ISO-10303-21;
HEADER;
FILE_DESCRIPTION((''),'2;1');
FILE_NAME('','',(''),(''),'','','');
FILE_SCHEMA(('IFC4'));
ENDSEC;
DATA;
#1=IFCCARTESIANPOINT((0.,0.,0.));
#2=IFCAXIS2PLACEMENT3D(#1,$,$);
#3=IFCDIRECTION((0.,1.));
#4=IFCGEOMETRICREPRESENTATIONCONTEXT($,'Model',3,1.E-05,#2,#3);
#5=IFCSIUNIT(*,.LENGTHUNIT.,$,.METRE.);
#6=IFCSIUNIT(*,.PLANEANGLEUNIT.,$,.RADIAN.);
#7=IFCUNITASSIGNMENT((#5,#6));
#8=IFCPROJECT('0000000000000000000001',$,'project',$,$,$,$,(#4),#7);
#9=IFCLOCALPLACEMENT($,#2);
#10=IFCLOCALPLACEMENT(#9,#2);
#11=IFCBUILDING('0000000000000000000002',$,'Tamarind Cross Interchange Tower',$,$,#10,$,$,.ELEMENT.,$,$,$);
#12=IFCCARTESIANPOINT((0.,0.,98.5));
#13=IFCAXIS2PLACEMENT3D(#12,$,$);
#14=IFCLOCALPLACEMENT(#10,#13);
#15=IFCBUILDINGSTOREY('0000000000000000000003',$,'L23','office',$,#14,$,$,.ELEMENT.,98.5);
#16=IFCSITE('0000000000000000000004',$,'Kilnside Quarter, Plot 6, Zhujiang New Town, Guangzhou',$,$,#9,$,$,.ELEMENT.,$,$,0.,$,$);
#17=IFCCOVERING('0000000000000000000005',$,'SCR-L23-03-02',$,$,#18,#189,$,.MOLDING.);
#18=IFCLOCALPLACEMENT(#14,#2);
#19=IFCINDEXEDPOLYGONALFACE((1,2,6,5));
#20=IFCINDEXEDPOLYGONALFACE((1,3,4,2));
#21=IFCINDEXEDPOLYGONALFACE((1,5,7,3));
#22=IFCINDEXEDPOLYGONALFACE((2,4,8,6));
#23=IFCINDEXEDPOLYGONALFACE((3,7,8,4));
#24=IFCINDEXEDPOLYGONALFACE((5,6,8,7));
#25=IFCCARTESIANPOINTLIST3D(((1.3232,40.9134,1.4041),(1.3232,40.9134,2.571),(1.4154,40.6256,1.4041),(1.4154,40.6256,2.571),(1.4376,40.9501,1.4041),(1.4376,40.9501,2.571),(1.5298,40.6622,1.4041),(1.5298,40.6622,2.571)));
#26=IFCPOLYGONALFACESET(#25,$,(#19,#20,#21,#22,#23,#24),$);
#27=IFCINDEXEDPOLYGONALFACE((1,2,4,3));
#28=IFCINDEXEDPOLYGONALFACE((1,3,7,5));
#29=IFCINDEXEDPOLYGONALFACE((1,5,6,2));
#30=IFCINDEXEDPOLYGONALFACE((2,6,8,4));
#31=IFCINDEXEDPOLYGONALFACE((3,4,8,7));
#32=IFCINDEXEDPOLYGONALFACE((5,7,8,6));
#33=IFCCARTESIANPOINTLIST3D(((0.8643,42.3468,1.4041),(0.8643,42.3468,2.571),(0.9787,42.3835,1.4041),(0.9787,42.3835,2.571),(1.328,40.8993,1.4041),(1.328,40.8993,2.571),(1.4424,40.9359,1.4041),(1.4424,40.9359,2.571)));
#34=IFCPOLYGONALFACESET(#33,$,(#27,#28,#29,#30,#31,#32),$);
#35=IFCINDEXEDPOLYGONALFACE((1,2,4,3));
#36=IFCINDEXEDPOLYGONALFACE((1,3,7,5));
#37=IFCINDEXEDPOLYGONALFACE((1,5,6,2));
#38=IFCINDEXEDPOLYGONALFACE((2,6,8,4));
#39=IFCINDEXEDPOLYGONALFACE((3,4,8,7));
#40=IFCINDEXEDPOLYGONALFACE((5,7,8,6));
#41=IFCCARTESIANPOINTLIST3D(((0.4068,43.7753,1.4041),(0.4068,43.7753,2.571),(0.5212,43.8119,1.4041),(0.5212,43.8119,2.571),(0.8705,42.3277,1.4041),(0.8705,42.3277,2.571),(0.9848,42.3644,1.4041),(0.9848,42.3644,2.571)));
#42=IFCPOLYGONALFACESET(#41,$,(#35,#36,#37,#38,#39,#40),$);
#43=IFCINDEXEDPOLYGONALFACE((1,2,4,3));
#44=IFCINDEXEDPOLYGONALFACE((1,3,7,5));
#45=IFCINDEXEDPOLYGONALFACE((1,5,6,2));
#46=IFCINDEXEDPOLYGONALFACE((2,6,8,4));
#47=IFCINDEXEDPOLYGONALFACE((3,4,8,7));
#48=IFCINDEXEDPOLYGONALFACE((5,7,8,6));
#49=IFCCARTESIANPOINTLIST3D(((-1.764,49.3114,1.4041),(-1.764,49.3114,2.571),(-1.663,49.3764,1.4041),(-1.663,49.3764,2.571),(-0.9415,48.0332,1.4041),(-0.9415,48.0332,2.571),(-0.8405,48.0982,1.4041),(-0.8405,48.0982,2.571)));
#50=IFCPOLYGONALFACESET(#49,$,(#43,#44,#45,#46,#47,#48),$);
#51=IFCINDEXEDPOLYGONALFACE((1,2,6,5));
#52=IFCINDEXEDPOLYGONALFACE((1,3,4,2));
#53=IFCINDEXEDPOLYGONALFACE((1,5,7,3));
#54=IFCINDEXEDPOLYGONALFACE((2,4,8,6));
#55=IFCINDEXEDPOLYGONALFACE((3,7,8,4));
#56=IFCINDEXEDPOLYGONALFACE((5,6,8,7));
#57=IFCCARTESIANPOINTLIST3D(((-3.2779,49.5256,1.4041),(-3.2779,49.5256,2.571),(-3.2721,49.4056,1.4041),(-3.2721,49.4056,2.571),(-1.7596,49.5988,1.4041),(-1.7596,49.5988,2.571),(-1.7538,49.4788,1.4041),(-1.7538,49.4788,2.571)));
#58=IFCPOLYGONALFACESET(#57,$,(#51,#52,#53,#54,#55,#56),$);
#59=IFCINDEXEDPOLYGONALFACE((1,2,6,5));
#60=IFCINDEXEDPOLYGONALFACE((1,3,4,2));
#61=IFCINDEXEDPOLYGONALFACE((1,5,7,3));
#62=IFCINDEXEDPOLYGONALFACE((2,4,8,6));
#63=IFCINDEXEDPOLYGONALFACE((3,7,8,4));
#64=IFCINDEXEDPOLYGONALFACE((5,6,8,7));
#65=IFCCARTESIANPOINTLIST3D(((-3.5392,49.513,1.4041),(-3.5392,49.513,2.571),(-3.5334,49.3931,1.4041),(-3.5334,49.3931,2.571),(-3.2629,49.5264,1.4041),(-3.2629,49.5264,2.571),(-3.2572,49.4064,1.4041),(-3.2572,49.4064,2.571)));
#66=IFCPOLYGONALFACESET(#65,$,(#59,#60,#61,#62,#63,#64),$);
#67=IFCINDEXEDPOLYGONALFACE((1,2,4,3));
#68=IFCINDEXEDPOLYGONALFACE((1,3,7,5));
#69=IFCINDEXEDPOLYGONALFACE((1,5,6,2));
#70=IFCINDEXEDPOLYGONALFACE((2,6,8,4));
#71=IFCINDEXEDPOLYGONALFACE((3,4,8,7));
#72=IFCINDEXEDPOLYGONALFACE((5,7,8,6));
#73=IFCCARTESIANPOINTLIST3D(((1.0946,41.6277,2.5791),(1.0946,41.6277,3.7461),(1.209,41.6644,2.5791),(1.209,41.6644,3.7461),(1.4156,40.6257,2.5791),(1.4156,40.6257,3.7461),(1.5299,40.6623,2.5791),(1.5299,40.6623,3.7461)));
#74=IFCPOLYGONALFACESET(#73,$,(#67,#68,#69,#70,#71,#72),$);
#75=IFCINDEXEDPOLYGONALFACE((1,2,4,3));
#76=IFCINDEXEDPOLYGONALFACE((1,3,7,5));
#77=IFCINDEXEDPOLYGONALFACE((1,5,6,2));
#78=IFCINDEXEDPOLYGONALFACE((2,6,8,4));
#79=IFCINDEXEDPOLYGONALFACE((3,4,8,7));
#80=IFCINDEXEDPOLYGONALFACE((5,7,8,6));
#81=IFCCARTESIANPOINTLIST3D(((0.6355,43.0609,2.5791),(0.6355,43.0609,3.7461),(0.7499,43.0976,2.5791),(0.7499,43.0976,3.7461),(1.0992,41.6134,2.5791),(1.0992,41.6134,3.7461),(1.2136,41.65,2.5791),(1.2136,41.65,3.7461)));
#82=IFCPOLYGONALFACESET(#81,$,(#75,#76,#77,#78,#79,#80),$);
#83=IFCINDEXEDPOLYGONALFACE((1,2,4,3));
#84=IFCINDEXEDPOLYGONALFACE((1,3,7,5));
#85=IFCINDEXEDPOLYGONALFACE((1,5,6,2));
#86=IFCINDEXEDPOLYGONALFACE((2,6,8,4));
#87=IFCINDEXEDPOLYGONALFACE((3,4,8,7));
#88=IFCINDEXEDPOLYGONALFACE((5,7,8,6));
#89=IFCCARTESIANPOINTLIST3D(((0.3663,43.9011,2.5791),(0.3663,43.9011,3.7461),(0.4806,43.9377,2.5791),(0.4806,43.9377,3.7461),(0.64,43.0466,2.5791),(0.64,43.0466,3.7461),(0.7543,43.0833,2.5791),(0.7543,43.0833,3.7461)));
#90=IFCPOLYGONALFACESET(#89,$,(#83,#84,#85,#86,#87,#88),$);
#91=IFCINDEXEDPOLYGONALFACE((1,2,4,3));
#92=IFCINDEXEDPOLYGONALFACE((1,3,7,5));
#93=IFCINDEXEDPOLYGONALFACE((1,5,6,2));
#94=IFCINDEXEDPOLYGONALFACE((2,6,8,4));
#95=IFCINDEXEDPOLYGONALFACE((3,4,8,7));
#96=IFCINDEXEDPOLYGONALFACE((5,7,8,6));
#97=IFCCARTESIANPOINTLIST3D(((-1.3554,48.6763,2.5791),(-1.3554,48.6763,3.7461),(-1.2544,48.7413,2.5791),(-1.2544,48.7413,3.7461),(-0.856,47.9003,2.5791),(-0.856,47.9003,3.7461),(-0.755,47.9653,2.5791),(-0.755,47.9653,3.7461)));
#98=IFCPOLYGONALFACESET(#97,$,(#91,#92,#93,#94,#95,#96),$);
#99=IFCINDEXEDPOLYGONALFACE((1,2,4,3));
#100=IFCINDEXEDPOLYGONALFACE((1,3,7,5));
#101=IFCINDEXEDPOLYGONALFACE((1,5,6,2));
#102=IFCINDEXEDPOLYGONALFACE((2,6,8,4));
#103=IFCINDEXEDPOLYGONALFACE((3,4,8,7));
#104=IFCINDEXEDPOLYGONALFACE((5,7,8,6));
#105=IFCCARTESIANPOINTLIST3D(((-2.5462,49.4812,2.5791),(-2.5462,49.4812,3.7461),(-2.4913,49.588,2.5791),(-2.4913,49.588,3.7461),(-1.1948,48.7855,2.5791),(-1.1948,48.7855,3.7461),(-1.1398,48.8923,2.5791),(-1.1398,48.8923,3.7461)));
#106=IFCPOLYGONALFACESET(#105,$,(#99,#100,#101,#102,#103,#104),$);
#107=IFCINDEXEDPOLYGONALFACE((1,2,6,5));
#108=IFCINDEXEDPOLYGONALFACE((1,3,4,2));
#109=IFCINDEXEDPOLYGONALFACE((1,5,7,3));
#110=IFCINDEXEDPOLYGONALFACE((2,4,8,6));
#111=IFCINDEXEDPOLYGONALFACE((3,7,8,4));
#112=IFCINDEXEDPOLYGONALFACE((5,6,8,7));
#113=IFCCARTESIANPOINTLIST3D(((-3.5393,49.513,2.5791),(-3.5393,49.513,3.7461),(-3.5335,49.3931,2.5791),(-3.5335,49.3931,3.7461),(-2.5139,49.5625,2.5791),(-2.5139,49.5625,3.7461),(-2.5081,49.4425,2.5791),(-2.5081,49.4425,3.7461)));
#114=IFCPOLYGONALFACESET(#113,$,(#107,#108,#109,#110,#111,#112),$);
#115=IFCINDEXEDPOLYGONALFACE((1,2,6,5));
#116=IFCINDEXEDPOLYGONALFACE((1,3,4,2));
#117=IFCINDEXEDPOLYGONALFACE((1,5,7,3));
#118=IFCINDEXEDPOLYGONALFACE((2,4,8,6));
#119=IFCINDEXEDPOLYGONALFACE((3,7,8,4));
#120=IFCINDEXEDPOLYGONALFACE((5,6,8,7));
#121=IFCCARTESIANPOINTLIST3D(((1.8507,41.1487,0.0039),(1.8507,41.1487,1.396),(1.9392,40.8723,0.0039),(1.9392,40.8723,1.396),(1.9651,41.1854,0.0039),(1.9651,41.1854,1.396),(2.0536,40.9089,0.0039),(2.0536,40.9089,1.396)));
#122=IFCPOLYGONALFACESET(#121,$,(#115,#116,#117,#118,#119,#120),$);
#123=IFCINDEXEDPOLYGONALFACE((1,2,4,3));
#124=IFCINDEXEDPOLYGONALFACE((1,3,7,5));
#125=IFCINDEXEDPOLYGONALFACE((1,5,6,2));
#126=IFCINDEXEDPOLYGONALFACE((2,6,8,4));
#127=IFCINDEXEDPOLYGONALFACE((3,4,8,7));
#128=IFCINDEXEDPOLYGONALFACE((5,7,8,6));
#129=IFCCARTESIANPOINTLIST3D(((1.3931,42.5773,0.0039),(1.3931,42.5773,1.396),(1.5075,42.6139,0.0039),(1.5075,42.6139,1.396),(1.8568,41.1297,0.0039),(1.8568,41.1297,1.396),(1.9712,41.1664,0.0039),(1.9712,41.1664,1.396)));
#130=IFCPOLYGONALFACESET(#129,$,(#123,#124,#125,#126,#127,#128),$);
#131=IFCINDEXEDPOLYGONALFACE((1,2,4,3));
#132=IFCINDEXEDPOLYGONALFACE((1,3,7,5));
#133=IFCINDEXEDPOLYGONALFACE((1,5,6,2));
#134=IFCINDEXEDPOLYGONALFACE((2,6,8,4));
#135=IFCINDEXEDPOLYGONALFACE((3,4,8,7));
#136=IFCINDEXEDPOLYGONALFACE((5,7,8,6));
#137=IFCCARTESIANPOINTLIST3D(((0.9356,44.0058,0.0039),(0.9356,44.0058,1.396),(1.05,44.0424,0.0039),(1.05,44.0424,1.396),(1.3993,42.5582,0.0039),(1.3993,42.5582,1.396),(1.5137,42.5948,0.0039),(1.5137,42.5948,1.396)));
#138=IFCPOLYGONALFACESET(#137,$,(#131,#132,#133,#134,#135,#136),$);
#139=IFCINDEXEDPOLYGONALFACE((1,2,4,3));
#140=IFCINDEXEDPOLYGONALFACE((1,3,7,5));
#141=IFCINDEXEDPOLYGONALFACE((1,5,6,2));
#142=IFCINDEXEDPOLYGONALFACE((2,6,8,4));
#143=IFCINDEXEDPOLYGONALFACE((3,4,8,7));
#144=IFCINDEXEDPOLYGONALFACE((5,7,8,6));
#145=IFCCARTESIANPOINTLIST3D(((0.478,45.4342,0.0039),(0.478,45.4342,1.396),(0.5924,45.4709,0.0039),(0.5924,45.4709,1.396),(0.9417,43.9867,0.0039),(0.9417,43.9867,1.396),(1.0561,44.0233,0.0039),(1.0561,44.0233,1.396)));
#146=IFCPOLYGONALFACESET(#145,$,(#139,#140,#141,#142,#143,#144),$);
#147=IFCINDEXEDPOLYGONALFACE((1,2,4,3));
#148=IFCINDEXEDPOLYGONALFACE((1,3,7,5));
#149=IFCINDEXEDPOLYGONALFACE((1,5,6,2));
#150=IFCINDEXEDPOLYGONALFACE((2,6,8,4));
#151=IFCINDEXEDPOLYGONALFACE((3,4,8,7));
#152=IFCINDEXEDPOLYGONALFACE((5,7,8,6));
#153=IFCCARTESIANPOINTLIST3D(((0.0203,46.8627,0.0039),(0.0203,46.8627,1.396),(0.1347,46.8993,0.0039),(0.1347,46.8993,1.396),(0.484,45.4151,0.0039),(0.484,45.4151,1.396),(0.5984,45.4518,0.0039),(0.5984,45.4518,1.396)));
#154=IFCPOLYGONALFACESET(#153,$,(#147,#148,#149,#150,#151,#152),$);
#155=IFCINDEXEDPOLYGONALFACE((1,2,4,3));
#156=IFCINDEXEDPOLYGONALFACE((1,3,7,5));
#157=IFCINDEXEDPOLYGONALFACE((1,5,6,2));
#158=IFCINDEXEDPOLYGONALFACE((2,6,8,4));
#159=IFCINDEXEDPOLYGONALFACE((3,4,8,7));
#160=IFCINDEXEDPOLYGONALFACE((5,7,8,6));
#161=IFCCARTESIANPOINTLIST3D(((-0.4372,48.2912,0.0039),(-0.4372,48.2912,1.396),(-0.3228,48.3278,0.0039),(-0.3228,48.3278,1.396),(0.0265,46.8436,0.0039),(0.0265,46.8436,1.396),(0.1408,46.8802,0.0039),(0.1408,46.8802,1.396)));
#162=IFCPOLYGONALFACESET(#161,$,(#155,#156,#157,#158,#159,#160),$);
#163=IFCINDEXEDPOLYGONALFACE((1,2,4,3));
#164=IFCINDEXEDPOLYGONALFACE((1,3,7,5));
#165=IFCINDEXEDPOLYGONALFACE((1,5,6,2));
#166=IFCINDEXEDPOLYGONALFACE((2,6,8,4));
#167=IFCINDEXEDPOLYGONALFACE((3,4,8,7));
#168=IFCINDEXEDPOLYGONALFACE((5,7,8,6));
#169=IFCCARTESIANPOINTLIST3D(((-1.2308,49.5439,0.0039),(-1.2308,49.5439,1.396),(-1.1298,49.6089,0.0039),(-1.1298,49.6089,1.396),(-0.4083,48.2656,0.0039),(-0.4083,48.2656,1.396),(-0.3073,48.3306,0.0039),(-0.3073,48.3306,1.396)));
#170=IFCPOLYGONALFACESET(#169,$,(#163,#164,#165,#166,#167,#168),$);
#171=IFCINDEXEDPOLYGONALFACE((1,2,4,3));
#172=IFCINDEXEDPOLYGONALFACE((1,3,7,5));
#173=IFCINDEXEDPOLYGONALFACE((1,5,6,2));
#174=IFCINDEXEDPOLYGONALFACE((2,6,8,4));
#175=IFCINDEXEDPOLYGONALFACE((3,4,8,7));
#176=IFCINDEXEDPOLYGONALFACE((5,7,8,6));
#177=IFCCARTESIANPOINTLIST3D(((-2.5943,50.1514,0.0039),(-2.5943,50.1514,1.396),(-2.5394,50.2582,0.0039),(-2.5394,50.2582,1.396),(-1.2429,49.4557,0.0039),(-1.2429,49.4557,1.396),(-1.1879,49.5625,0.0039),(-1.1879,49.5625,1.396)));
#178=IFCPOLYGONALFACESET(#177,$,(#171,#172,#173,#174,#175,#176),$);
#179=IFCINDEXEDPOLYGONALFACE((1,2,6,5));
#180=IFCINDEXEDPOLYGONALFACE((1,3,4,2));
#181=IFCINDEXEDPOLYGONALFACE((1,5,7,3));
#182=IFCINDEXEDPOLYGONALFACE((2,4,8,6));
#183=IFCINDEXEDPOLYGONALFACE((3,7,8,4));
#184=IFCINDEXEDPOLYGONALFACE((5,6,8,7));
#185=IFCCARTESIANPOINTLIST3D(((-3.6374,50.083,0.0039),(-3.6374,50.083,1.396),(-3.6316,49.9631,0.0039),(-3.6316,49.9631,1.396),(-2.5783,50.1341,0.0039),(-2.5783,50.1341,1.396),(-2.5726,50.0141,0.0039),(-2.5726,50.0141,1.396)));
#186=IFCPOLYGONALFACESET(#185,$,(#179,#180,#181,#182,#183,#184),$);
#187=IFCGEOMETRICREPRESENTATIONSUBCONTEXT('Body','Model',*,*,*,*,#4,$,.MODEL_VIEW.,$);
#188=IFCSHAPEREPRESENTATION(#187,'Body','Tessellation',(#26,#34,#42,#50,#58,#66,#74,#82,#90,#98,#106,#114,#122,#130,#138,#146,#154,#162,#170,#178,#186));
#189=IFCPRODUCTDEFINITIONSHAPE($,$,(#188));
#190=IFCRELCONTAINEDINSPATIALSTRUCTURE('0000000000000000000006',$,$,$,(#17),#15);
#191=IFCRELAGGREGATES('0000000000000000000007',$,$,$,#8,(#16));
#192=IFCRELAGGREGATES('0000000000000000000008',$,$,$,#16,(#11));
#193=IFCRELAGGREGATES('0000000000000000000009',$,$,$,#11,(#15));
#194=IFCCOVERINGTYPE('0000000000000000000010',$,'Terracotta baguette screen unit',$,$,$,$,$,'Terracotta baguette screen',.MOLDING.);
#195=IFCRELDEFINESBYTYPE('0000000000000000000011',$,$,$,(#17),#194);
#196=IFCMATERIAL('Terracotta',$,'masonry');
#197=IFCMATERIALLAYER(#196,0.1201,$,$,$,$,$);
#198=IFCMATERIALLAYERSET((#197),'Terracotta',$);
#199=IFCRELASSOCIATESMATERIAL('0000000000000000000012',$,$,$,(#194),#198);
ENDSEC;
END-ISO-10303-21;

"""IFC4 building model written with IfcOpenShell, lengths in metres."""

from ifc_helpers import new_model, si_unit, direction, frame, origin, origin_2d, place, context, subcontext, project, spatial, rectangle, extrude, material, layer, layer_set, type_object, element, save


model = new_model("IFC4")

# Units and contexts
model_context = context("Model", 3, precision=1e-05, world=origin(), true_north=direction((0.0, 1.0)))
body_context = subcontext(model_context, "Body", "Model", "MODEL_VIEW")
ifc_project = project(units=[si_unit("LENGTHUNIT", "METRE"), si_unit("PLANEANGLEUNIT", "RADIAN")], contexts=[model_context])

# Site, building, storey
site_placement = place(None, origin())
site = spatial("IfcSite", under=ifc_project, at=site_placement, Name="Kilnside Quarter, Plot 6, Zhujiang New Town, Guangzhou", CompositionType="ELEMENT", RefElevation=0.0)
building_placement = place(site_placement, origin())
building = spatial("IfcBuilding", under=site, at=building_placement, Name="Tamarind Cross Interchange Tower", CompositionType="ELEMENT")
storey_placement = place(building_placement, frame((0.0, 0.0, 98.5)))
storey = spatial("IfcBuildingStorey", under=building, at=storey_placement, Name="L23", Description="office", CompositionType="ELEMENT", Elevation=98.5)

# Covering
ifc_material_1 = material(Name="Terracotta", Category="masonry")
ifc_layer_1 = layer(ifc_material_1, 0.1201)
ifc_layer_set_1 = layer_set([ifc_layer_1], Name="Terracotta")
covering_type = type_object("IfcCoveringType", Name="Terracotta baguette screen unit", ElementType="Terracotta baguette screen", PredefinedType="MOLDING", material=ifc_layer_set_1)
covering_1_placement = place(storey_placement, origin())
element("IfcCovering", 1, at=covering_1_placement, inside=storey, type_object=covering_type, Name="SCR-L23-03-02", PredefinedType="MOLDING", context=body_context, shape_type="SweptSolid", body=[
    extrude(rectangle(XDim=0.3022, YDim=0.1201, at=origin_2d()), frame((1.4265, 40.7878, 1.4041), z_axis=(0.0, 0.0, 1.0), x_axis=(-0.305057, 0.952334, 0.0)), (0.0, 0.0, 1.0), 1.167),
    extrude(rectangle(XDim=1.52, YDim=0.1201, at=origin_2d()), frame((1.1533, 41.6414, 1.4041), z_axis=(0.0, 0.0, 1.0), x_axis=(-0.305057, 0.952334, 0.0)), (0.0, 0.0, 1.0), 1.167),
    extrude(rectangle(XDim=1.52, YDim=0.1201, at=origin_2d()), frame((0.6958, 43.0698, 1.4041), z_axis=(0.0, 0.0, 1.0), x_axis=(-0.305057, 0.952334, 0.0)), (0.0, 0.0, 1.0), 1.167),
    extrude(rectangle(XDim=1.52, YDim=0.1201, at=origin_2d()), frame((-1.3022, 48.7048, 1.4041), z_axis=(0.0, 0.0, 1.0), x_axis=(-0.541145, 0.840929, 0.0)), (0.0, 0.0, 1.0), 1.167),
    extrude(rectangle(XDim=1.52, YDim=0.1201, at=origin_2d()), frame((-2.5159, 49.5022, 1.4041), z_axis=(0.0, 0.0, 1.0), x_axis=(-0.998839, -0.04818, 0.0)), (0.0, 0.0, 1.0), 1.167),
    extrude(rectangle(XDim=0.2766, YDim=0.1201, at=origin_2d()), frame((-3.3982, 49.4597, 1.4041), z_axis=(0.0, 0.0, 1.0), x_axis=(-0.998839, -0.04818, 0.0)), (0.0, 0.0, 1.0), 1.167),
    extrude(rectangle(XDim=1.0522, YDim=0.1201, at=origin_2d()), frame((1.3123, 41.145, 2.5791), z_axis=(0.0, 0.0, 1.0), x_axis=(-0.305057, 0.952334, 0.0)), (0.0, 0.0, 1.0), 1.167),
    extrude(rectangle(XDim=1.52, YDim=0.1201, at=origin_2d()), frame((0.9246, 42.3555, 2.5791), z_axis=(0.0, 0.0, 1.0), x_axis=(-0.305057, 0.952334, 0.0)), (0.0, 0.0, 1.0), 1.167),
    extrude(rectangle(XDim=0.8972, YDim=0.1201, at=origin_2d()), frame((0.5603, 43.4922, 2.5791), z_axis=(0.0, 0.0, 1.0), x_axis=(-0.305057, 0.952334, 0.0)), (0.0, 0.0, 1.0), 1.167),
    extrude(rectangle(XDim=0.9229, YDim=0.1201, at=origin_2d()), frame((-1.0552, 48.3208, 2.5791), z_axis=(0.0, 0.0, 1.0), x_axis=(-0.541145, 0.840929, 0.0)), (0.0, 0.0, 1.0), 1.167),
    extrude(rectangle(XDim=1.52, YDim=0.1201, at=origin_2d()), frame((-1.843, 49.1868, 2.5791), z_axis=(0.0, 0.0, 1.0), x_axis=(-0.88911, 0.457694, 0.0)), (0.0, 0.0, 1.0), 1.167),
    extrude(rectangle(XDim=1.0266, YDim=0.1201, at=origin_2d()), frame((-3.0237, 49.4778, 2.5791), z_axis=(0.0, 0.0, 1.0), x_axis=(-0.998839, -0.04818, 0.0)), (0.0, 0.0, 1.0), 1.167),
    extrude(rectangle(XDim=0.2903, YDim=0.1201, at=origin_2d()), frame((1.9521, 41.0288, 0.0039), z_axis=(0.0, 0.0, 1.0), x_axis=(-0.305057, 0.952334, 0.0)), (0.0, 0.0, 1.0), 1.3921),
    extrude(rectangle(XDim=1.52, YDim=0.1201, at=origin_2d()), frame((1.6821, 41.8718, 0.0039), z_axis=(0.0, 0.0, 1.0), x_axis=(-0.305057, 0.952334, 0.0)), (0.0, 0.0, 1.0), 1.3921),
    extrude(rectangle(XDim=1.52, YDim=0.1201, at=origin_2d()), frame((1.2246, 43.3003, 0.0039), z_axis=(0.0, 0.0, 1.0), x_axis=(-0.305057, 0.952334, 0.0)), (0.0, 0.0, 1.0), 1.3921),
    extrude(rectangle(XDim=1.52, YDim=0.1201, at=origin_2d()), frame((0.7671, 44.7288, 0.0039), z_axis=(0.0, 0.0, 1.0), x_axis=(-0.305057, 0.952334, 0.0)), (0.0, 0.0, 1.0), 1.3921),
    extrude(rectangle(XDim=1.52, YDim=0.1201, at=origin_2d()), frame((0.3093, 46.1572, 0.0039), z_axis=(0.0, 0.0, 1.0), x_axis=(-0.305057, 0.952334, 0.0)), (0.0, 0.0, 1.0), 1.3921),
    extrude(rectangle(XDim=1.52, YDim=0.1201, at=origin_2d()), frame((-0.1482, 47.5857, 0.0039), z_axis=(0.0, 0.0, 1.0), x_axis=(-0.305057, 0.952334, 0.0)), (0.0, 0.0, 1.0), 1.3921),
    extrude(rectangle(XDim=1.52, YDim=0.1201, at=origin_2d()), frame((-0.769, 48.9373, 0.0039), z_axis=(0.0, 0.0, 1.0), x_axis=(-0.541145, 0.840929, 0.0)), (0.0, 0.0, 1.0), 1.3921),
    extrude(rectangle(XDim=1.52, YDim=0.1201, at=origin_2d()), frame((-1.8911, 49.8569, 0.0039), z_axis=(0.0, 0.0, 1.0), x_axis=(-0.88911, 0.457694, 0.0)), (0.0, 0.0, 1.0), 1.3921),
    extrude(rectangle(XDim=1.0603, YDim=0.1201, at=origin_2d()), frame((-3.105, 50.0486, 0.0039), z_axis=(0.0, 0.0, 1.0), x_axis=(-0.998839, -0.04818, 0.0)), (0.0, 0.0, 1.0), 1.3921),
])

save(model, "model.ifc")
